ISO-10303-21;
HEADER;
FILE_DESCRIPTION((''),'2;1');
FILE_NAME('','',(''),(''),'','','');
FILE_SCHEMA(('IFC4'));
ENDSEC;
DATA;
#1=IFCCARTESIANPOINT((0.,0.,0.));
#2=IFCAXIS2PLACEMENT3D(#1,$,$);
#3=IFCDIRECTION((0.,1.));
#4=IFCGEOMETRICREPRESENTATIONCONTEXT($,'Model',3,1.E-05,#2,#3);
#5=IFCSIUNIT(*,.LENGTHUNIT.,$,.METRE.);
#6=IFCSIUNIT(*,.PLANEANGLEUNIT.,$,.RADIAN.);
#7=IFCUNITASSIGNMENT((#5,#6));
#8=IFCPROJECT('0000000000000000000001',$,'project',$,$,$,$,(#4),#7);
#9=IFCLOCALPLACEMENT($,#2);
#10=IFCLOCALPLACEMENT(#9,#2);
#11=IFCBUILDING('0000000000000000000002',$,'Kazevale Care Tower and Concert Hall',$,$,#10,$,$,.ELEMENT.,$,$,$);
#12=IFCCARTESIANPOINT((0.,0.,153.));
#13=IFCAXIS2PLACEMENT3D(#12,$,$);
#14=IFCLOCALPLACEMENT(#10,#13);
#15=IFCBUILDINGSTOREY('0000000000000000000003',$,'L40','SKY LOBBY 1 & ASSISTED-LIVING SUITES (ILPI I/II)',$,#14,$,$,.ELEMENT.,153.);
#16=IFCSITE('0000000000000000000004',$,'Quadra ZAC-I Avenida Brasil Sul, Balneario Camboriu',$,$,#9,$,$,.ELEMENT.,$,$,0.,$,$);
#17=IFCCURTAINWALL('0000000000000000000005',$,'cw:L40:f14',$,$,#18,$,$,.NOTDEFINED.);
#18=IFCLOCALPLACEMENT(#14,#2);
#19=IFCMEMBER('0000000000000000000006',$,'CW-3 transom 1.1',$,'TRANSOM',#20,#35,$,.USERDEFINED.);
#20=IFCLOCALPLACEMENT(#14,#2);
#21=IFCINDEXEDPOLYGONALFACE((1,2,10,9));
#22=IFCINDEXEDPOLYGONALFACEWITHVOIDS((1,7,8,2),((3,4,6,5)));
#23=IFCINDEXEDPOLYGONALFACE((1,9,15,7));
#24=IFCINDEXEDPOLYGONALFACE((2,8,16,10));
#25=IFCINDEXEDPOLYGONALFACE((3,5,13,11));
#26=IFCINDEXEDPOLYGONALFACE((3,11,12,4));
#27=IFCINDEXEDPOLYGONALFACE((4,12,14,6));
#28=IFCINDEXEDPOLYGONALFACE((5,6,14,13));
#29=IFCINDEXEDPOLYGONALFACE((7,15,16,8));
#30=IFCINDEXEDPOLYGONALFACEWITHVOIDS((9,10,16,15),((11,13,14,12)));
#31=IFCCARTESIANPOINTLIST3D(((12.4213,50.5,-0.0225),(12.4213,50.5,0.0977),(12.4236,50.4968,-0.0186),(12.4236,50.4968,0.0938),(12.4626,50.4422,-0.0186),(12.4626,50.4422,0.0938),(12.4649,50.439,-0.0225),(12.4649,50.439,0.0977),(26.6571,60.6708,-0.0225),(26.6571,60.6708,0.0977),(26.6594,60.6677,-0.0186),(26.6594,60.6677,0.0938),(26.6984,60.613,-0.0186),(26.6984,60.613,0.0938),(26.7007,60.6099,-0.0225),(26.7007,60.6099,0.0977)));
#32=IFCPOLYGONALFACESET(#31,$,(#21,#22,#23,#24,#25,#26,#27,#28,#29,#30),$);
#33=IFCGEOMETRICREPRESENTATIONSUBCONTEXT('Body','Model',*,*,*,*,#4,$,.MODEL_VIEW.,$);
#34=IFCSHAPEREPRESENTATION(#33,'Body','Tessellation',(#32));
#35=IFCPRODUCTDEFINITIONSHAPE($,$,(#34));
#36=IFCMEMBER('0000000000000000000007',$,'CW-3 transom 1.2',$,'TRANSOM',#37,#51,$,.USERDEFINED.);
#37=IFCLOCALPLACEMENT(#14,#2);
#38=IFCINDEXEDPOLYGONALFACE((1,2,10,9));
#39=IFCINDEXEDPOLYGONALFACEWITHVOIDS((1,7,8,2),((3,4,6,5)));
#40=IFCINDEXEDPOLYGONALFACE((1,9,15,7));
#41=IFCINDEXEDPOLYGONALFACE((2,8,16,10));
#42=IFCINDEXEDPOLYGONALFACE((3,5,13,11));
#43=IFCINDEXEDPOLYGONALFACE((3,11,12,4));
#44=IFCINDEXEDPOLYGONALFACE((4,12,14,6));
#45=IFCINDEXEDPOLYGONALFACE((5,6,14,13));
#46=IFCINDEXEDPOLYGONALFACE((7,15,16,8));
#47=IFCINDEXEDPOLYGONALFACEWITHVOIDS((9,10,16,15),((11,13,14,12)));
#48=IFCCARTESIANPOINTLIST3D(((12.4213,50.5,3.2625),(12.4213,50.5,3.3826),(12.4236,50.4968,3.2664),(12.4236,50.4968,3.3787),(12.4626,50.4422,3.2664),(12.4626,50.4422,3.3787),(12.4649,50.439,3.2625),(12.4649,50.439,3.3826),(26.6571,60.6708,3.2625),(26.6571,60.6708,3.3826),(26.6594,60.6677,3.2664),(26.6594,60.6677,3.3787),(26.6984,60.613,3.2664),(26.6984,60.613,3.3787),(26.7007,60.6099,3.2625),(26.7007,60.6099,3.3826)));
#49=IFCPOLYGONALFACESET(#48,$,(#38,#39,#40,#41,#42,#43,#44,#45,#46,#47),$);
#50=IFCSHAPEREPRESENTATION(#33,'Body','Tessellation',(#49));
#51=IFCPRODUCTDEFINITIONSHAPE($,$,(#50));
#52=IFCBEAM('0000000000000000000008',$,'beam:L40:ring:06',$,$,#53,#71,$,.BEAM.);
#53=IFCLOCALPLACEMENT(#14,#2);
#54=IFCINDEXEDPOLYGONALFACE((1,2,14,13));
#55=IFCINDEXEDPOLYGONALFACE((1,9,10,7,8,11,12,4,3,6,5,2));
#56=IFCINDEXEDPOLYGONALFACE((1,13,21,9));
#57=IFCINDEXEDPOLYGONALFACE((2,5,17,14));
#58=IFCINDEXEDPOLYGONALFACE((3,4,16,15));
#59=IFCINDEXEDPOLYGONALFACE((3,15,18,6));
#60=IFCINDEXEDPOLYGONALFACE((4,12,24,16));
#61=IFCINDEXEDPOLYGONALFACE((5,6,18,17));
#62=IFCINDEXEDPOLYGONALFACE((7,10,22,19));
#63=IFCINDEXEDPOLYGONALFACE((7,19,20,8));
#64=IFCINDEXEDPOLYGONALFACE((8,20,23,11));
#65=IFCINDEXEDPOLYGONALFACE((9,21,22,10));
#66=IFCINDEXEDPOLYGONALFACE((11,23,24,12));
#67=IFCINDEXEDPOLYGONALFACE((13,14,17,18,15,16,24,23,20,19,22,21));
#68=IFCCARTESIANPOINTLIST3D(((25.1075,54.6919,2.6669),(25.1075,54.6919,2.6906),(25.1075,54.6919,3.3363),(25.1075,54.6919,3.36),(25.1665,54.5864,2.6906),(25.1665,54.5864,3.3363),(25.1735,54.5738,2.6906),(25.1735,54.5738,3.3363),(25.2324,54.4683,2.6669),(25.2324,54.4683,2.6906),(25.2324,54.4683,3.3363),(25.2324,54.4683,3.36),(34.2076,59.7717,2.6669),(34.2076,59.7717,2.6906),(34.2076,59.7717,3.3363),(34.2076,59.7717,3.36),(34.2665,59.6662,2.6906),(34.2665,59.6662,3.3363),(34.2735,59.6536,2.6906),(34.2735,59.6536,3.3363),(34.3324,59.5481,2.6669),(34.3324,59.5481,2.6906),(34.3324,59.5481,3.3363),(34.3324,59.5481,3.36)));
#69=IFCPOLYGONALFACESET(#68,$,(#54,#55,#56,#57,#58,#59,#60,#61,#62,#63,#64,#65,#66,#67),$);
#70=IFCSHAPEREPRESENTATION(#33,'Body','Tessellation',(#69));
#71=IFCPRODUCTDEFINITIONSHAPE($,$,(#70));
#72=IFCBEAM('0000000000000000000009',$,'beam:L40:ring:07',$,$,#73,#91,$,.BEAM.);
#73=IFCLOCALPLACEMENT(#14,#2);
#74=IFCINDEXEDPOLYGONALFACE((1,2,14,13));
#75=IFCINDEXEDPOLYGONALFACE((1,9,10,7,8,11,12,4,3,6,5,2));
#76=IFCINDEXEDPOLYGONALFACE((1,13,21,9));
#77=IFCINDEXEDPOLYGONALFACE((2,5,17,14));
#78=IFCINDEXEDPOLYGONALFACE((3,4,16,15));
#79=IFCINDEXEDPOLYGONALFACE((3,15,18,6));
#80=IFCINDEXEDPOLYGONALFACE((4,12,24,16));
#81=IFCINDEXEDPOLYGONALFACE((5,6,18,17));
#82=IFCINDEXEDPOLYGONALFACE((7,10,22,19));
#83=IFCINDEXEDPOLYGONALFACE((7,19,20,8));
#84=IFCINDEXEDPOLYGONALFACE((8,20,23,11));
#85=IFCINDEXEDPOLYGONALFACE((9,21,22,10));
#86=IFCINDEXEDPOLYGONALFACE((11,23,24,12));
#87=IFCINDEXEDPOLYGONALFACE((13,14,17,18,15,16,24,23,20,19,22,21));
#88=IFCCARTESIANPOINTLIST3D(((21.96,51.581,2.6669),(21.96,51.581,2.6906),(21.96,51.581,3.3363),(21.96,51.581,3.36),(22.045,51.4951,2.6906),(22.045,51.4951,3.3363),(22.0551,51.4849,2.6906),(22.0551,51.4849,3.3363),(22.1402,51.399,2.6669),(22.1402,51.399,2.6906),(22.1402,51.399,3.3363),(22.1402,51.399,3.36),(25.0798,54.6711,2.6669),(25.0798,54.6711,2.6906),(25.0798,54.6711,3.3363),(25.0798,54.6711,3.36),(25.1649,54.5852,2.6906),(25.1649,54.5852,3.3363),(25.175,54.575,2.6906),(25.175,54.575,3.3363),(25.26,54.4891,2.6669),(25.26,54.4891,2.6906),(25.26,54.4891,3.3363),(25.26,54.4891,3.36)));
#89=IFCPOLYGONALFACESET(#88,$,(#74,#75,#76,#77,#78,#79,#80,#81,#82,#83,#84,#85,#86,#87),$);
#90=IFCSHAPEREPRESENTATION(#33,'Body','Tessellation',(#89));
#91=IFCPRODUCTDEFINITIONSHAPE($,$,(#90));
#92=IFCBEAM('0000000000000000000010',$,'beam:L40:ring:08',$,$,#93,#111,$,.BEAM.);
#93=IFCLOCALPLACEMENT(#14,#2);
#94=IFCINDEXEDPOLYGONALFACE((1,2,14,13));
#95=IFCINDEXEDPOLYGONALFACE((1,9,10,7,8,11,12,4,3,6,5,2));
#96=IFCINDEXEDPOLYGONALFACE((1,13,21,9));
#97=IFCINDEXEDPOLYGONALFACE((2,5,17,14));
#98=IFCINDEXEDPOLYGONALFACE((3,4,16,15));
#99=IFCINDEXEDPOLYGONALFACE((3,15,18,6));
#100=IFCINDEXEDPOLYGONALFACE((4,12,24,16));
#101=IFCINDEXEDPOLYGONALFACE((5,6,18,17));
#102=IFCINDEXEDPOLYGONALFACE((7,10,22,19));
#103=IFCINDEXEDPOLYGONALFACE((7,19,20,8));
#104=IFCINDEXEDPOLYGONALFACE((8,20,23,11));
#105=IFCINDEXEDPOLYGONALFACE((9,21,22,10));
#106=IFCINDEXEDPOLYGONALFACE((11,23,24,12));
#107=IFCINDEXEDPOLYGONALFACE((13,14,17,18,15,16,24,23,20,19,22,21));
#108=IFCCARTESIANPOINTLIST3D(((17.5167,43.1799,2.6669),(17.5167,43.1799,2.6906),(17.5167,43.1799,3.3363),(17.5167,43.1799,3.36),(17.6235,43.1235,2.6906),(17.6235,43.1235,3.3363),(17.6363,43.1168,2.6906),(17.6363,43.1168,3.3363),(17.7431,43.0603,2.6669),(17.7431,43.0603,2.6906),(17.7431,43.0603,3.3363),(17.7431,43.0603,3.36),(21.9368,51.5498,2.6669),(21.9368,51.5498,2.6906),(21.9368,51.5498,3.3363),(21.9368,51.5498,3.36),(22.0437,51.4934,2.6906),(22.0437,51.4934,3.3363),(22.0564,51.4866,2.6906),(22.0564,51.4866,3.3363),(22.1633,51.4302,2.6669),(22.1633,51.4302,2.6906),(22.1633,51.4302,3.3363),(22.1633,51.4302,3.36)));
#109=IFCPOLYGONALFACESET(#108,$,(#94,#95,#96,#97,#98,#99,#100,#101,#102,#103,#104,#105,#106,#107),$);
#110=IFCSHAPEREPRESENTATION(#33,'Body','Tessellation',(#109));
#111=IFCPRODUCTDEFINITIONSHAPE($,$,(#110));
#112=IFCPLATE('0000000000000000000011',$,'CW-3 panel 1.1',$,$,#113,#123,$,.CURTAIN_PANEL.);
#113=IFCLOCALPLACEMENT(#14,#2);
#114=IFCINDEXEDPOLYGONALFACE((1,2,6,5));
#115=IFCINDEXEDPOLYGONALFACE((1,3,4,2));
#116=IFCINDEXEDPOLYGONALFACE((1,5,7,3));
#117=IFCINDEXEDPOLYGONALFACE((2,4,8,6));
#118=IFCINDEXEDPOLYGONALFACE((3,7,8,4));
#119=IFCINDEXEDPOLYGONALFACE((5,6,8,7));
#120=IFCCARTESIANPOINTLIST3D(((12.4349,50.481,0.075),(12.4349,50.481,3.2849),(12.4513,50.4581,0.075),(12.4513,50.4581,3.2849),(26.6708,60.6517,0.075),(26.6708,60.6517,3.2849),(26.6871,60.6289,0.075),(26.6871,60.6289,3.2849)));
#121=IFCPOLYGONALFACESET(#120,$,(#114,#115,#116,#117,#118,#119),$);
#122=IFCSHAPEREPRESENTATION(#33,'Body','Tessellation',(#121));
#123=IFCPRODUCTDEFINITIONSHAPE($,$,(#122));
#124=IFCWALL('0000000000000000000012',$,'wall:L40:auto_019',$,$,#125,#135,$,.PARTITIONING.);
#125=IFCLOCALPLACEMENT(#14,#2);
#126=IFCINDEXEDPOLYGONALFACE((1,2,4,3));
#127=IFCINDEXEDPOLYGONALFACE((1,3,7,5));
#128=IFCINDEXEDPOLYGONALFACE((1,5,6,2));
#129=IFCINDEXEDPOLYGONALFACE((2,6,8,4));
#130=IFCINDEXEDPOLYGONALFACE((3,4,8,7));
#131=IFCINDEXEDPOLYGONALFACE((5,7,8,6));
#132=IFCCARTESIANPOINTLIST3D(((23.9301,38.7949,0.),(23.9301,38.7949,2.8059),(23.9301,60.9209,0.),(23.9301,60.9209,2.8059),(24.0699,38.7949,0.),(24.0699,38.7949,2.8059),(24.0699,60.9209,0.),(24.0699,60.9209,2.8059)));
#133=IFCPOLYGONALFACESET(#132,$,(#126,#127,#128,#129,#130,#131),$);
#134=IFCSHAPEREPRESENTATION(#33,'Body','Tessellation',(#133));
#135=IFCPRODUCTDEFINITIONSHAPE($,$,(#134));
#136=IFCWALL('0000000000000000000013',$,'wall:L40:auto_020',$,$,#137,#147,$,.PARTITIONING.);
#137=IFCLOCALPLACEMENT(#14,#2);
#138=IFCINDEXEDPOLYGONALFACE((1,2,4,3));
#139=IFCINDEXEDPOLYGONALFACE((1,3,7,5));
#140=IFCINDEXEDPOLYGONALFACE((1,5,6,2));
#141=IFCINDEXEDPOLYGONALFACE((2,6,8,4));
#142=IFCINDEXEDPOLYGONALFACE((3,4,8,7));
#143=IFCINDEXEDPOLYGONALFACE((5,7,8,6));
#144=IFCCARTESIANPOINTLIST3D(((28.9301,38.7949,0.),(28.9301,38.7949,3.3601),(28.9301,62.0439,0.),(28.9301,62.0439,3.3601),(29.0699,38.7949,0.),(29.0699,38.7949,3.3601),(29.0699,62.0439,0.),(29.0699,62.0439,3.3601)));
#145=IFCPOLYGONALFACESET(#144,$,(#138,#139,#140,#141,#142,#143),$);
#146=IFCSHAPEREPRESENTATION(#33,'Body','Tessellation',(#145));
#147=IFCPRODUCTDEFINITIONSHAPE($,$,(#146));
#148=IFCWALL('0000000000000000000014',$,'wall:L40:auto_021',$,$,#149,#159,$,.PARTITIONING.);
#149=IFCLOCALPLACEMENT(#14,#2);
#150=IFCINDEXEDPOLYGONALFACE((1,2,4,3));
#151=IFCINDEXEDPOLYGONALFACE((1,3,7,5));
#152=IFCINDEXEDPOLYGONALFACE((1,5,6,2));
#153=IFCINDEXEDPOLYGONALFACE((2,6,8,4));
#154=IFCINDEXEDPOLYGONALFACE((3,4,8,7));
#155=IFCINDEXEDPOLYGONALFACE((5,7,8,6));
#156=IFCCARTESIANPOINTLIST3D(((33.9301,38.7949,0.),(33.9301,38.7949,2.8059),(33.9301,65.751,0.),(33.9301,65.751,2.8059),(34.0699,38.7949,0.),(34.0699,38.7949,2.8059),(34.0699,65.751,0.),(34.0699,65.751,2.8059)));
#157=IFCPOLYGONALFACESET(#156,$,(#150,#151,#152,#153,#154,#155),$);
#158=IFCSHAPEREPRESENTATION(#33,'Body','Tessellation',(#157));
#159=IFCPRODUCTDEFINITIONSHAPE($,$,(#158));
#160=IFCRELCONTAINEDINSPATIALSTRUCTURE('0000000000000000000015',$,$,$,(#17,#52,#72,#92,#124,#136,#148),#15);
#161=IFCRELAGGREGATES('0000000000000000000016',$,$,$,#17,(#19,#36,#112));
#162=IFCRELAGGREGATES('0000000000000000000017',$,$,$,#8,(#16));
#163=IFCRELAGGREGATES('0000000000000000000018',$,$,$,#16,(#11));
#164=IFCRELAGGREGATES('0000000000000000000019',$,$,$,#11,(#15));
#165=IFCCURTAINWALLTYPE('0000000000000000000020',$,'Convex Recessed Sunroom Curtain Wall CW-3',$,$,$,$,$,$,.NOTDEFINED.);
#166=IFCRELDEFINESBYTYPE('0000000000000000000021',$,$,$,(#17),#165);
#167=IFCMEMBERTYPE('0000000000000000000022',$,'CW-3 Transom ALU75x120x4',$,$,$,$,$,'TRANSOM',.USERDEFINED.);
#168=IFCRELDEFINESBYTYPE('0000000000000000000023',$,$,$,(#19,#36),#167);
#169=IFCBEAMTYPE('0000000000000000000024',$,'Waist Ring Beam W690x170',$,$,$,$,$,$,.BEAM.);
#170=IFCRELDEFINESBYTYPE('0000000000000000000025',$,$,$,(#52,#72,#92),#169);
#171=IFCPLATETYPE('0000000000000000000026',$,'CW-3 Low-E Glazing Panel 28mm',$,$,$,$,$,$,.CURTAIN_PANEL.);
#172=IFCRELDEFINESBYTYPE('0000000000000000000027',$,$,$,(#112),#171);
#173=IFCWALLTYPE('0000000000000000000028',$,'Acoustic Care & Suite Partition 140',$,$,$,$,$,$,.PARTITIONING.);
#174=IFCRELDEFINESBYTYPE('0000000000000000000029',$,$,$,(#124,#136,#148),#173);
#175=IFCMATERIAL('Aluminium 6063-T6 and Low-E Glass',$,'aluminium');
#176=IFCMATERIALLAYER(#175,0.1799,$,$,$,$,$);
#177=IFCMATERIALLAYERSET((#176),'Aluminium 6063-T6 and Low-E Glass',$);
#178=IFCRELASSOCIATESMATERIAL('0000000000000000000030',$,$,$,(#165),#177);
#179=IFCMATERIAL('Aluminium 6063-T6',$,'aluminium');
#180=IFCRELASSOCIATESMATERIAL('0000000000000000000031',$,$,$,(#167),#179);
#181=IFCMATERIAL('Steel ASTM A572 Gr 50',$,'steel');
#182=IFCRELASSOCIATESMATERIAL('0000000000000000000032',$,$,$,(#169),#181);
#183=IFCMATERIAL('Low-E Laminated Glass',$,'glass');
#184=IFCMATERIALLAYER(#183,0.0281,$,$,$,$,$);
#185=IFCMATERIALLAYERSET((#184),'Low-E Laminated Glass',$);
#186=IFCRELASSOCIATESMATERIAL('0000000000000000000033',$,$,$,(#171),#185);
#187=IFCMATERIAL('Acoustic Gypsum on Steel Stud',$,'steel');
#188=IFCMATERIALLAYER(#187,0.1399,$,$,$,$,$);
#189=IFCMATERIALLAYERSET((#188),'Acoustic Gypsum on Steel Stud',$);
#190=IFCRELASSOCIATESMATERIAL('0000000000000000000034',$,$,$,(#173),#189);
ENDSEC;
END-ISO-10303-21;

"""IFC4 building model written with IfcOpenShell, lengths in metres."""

from ifc_helpers import new_model, si_unit, direction, frame, frame_2d, origin, origin_2d, place, context, subcontext, project, spatial, rectangle, hollow_rectangle, i_section, extrude, material, layer, layer_set, material_profile, profile_set, type_object, element, aggregate, save


model = new_model("IFC4")

# Units and contexts
model_context = context("Model", 3, precision=1e-05, world=origin(), true_north=direction((0.0, 1.0)))
body_context = subcontext(model_context, "Body", "Model", "MODEL_VIEW")
ifc_project = project(units=[si_unit("LENGTHUNIT", "METRE"), si_unit("PLANEANGLEUNIT", "RADIAN")], contexts=[model_context])

# Site, building, storey
site_placement = place(None, origin())
site = spatial("IfcSite", under=ifc_project, at=site_placement, Name="Quadra ZAC-I Avenida Brasil Sul, Balneario Camboriu", CompositionType="ELEMENT", RefElevation=0.0)
building_placement = place(site_placement, origin())
building = spatial("IfcBuilding", under=site, at=building_placement, Name="Kazevale Care Tower and Concert Hall", CompositionType="ELEMENT")
storey_placement = place(building_placement, frame((0.0, 0.0, 153.0)))
storey = spatial("IfcBuildingStorey", under=building, at=storey_placement, Name="L40", Description="SKY LOBBY 1 & ASSISTED-LIVING SUITES (ILPI I/II)", CompositionType="ELEMENT", Elevation=153.0)

# Curtain wall, members
ifc_material_1 = material(Name="Aluminium 6063-T6 and Low-E Glass", Category="aluminium")
ifc_layer_1 = layer(ifc_material_1, 0.1799)
ifc_layer_set_1 = layer_set([ifc_layer_1], Name="Aluminium 6063-T6 and Low-E Glass")
curtain_wall_type = type_object("IfcCurtainWallType", Name="Convex Recessed Sunroom Curtain Wall CW-3", PredefinedType="NOTDEFINED", material=ifc_layer_set_1)
curtain_wall_placement = place(storey_placement, origin())
curtain_wall = element("IfcCurtainWall", 1, at=curtain_wall_placement, inside=storey, type_object=curtain_wall_type, Name="cw:L40:f14", PredefinedType="NOTDEFINED")
ifc_material_2 = material(Name="Aluminium 6063-T6", Category="aluminium")
ifc_material_profile_1 = material_profile(ifc_material_2, hollow_rectangle(XDim=0.075, YDim=0.1201, WallThickness=0.0039, at=origin_2d()), Name="ALU75x120x4")
ifc_profile_set_1 = profile_set([ifc_material_profile_1], Name="Aluminium 6063-T6")
member_type_1 = type_object("IfcMemberType", Name="CW-3 Transom ALU75x120x4", ElementType="TRANSOM", PredefinedType="USERDEFINED", material=ifc_profile_set_1)
member_1_placement = place(storey_placement, frame((12.4431, 50.4695, 0.0376), z_axis=(0.813667, 0.581331, 0.0), x_axis=(-0.581331, 0.813667, 0.0)))
member_1 = element("IfcMember", 2, at=member_1_placement, type_object=member_type_1, Name="CW-3 transom 1.1", ObjectType="TRANSOM", PredefinedType="USERDEFINED", context=body_context, shape_type="SweptSolid", body=[
    extrude(hollow_rectangle(XDim=0.075, YDim=0.1201, WallThickness=0.0039, at=origin_2d()), origin(), (0.0, 0.0, 1.0), 17.4958),
])
member_2_placement = place(storey_placement, frame((12.4431, 50.4695, 3.3225), z_axis=(0.813667, 0.581331, 0.0), x_axis=(-0.581331, 0.813667, 0.0)))
member_2 = element("IfcMember", 3, at=member_2_placement, type_object=member_type_1, Name="CW-3 transom 1.2", ObjectType="TRANSOM", PredefinedType="USERDEFINED", context=body_context, shape_type="SweptSolid", body=[
    extrude(hollow_rectangle(XDim=0.075, YDim=0.1201, WallThickness=0.0039, at=origin_2d()), origin(), (0.0, 0.0, 1.0), 17.4958),
])

# Beams
ifc_material_3 = material(Name="Steel ASTM A572 Gr 50", Category="steel")
ifc_material_profile_2 = material_profile(ifc_material_3, i_section(OverallWidth=0.2561, OverallDepth=0.6931, WebThickness=0.0144, FlangeThickness=0.0237, at=origin_2d()), Name="W690x170")
ifc_profile_set_2 = profile_set([ifc_material_profile_2], Name="Steel ASTM A572 Gr 50")
beam_type = type_object("IfcBeamType", Name="Waist Ring Beam W690x170", PredefinedType="BEAM", material=ifc_profile_set_2)
beam_1_placement = place(storey_placement, frame((34.27, 59.6599, 3.0134), z_axis=(-0.873169, -0.487418, 0.0), x_axis=(0.487418, -0.873169, 0.0)))
element("IfcBeam", 4, at=beam_1_placement, inside=storey, type_object=beam_type, Name="beam:L40:ring:06", PredefinedType="BEAM", context=body_context, shape_type="SweptSolid", body=[
    extrude(i_section(OverallWidth=0.2561, OverallDepth=0.6931, WebThickness=0.0144, FlangeThickness=0.0237, at=origin_2d()), origin(), (0.0, 0.0, 1.0), 10.4219),
])
beam_2_placement = place(storey_placement, frame((25.1699, 54.5801, 3.0134), z_axis=(-0.71049, -0.703707, 0.0), x_axis=(0.703707, -0.71049, 0.0)))
element("IfcBeam", 5, at=beam_2_placement, inside=storey, type_object=beam_type, Name="beam:L40:ring:07", PredefinedType="BEAM", context=body_context, shape_type="SweptSolid", body=[
    extrude(i_section(OverallWidth=0.2561, OverallDepth=0.6931, WebThickness=0.0144, FlangeThickness=0.0237, at=origin_2d()), origin(), (0.0, 0.0, 1.0), 4.3911),
])
beam_3_placement = place(storey_placement, frame((22.05, 51.49, 3.0134), z_axis=(-0.466984, -0.884266, 0.0), x_axis=(0.884266, -0.466984, 0.0)))
element("IfcBeam", 6, at=beam_3_placement, inside=storey, type_object=beam_type, Name="beam:L40:ring:08", PredefinedType="BEAM", context=body_context, shape_type="SweptSolid", body=[
    extrude(i_section(OverallWidth=0.2561, OverallDepth=0.6931, WebThickness=0.0144, FlangeThickness=0.0237, at=origin_2d()), origin(), (0.0, 0.0, 1.0), 9.4653),
])

# Plate
ifc_material_4 = material(Name="Low-E Laminated Glass", Category="glass")
ifc_layer_2 = layer(ifc_material_4, 0.0281)
ifc_layer_set_2 = layer_set([ifc_layer_2], Name="Low-E Laminated Glass")
plate_type = type_object("IfcPlateType", Name="CW-3 Low-E Glazing Panel 28mm", PredefinedType="CURTAIN_PANEL", material=ifc_layer_set_2)
plate_placement = place(storey_placement, frame((19.561, 55.5549, 0.075), z_axis=(0.0, 0.0, 1.0), x_axis=(0.813672, 0.581324, 0.0)))
plate = element("IfcPlate", 7, at=plate_placement, type_object=plate_type, Name="CW-3 panel 1.1", PredefinedType="CURTAIN_PANEL", context=body_context, shape_type="SweptSolid", body=[
    extrude(rectangle(XDim=17.4958, YDim=0.0281, at=origin_2d()), origin(), (0.0, 0.0, 1.0), 3.21),
])
aggregate(curtain_wall, [member_1, member_2, plate])

# Walls
ifc_material_5 = material(Name="Acoustic Gypsum on Steel Stud", Category="steel")
ifc_layer_3 = layer(ifc_material_5, 0.1399)
ifc_layer_set_3 = layer_set([ifc_layer_3], Name="Acoustic Gypsum on Steel Stud")
wall_type_1 = type_object("IfcWallType", Name="Acoustic Care & Suite Partition 140", PredefinedType="PARTITIONING", material=ifc_layer_set_3)
wall_1_placement = place(storey_placement, frame((24.0, 60.9209, 0.0), z_axis=(0.0, 0.0, 1.0), x_axis=(0.0, -1.0, 0.0)))
element("IfcWall", 8, at=wall_1_placement, inside=storey, type_object=wall_type_1, Name="wall:L40:auto_019", PredefinedType="PARTITIONING", context=body_context, shape_type="SweptSolid", body=[
    extrude(rectangle(XDim=22.126, YDim=0.1399, at=frame_2d((11.063, 0.0))), origin(), (0.0, 0.0, 1.0), 2.8059),
])
wall_2_placement = place(storey_placement, frame((29.0, 62.0439, 0.0), z_axis=(0.0, 0.0, 1.0), x_axis=(0.0, -1.0, 0.0)))
element("IfcWall", 9, at=wall_2_placement, inside=storey, type_object=wall_type_1, Name="wall:L40:auto_020", PredefinedType="PARTITIONING", context=body_context, shape_type="SweptSolid", body=[
    extrude(rectangle(XDim=23.249, YDim=0.1399, at=frame_2d((11.6245, 0.0))), origin(), (0.0, 0.0, 1.0), 3.3601),
])
wall_3_placement = place(storey_placement, frame((34.0, 65.751, 0.0), z_axis=(0.0, 0.0, 1.0), x_axis=(0.0, -1.0, 0.0)))
element("IfcWall", 10, at=wall_3_placement, inside=storey, type_object=wall_type_1, Name="wall:L40:auto_021", PredefinedType="PARTITIONING", context=body_context, shape_type="SweptSolid", body=[
    extrude(rectangle(XDim=26.9561, YDim=0.1399, at=frame_2d((13.478, 0.0))), origin(), (0.0, 0.0, 1.0), 2.8059),
])

save(model, "model.ifc")
